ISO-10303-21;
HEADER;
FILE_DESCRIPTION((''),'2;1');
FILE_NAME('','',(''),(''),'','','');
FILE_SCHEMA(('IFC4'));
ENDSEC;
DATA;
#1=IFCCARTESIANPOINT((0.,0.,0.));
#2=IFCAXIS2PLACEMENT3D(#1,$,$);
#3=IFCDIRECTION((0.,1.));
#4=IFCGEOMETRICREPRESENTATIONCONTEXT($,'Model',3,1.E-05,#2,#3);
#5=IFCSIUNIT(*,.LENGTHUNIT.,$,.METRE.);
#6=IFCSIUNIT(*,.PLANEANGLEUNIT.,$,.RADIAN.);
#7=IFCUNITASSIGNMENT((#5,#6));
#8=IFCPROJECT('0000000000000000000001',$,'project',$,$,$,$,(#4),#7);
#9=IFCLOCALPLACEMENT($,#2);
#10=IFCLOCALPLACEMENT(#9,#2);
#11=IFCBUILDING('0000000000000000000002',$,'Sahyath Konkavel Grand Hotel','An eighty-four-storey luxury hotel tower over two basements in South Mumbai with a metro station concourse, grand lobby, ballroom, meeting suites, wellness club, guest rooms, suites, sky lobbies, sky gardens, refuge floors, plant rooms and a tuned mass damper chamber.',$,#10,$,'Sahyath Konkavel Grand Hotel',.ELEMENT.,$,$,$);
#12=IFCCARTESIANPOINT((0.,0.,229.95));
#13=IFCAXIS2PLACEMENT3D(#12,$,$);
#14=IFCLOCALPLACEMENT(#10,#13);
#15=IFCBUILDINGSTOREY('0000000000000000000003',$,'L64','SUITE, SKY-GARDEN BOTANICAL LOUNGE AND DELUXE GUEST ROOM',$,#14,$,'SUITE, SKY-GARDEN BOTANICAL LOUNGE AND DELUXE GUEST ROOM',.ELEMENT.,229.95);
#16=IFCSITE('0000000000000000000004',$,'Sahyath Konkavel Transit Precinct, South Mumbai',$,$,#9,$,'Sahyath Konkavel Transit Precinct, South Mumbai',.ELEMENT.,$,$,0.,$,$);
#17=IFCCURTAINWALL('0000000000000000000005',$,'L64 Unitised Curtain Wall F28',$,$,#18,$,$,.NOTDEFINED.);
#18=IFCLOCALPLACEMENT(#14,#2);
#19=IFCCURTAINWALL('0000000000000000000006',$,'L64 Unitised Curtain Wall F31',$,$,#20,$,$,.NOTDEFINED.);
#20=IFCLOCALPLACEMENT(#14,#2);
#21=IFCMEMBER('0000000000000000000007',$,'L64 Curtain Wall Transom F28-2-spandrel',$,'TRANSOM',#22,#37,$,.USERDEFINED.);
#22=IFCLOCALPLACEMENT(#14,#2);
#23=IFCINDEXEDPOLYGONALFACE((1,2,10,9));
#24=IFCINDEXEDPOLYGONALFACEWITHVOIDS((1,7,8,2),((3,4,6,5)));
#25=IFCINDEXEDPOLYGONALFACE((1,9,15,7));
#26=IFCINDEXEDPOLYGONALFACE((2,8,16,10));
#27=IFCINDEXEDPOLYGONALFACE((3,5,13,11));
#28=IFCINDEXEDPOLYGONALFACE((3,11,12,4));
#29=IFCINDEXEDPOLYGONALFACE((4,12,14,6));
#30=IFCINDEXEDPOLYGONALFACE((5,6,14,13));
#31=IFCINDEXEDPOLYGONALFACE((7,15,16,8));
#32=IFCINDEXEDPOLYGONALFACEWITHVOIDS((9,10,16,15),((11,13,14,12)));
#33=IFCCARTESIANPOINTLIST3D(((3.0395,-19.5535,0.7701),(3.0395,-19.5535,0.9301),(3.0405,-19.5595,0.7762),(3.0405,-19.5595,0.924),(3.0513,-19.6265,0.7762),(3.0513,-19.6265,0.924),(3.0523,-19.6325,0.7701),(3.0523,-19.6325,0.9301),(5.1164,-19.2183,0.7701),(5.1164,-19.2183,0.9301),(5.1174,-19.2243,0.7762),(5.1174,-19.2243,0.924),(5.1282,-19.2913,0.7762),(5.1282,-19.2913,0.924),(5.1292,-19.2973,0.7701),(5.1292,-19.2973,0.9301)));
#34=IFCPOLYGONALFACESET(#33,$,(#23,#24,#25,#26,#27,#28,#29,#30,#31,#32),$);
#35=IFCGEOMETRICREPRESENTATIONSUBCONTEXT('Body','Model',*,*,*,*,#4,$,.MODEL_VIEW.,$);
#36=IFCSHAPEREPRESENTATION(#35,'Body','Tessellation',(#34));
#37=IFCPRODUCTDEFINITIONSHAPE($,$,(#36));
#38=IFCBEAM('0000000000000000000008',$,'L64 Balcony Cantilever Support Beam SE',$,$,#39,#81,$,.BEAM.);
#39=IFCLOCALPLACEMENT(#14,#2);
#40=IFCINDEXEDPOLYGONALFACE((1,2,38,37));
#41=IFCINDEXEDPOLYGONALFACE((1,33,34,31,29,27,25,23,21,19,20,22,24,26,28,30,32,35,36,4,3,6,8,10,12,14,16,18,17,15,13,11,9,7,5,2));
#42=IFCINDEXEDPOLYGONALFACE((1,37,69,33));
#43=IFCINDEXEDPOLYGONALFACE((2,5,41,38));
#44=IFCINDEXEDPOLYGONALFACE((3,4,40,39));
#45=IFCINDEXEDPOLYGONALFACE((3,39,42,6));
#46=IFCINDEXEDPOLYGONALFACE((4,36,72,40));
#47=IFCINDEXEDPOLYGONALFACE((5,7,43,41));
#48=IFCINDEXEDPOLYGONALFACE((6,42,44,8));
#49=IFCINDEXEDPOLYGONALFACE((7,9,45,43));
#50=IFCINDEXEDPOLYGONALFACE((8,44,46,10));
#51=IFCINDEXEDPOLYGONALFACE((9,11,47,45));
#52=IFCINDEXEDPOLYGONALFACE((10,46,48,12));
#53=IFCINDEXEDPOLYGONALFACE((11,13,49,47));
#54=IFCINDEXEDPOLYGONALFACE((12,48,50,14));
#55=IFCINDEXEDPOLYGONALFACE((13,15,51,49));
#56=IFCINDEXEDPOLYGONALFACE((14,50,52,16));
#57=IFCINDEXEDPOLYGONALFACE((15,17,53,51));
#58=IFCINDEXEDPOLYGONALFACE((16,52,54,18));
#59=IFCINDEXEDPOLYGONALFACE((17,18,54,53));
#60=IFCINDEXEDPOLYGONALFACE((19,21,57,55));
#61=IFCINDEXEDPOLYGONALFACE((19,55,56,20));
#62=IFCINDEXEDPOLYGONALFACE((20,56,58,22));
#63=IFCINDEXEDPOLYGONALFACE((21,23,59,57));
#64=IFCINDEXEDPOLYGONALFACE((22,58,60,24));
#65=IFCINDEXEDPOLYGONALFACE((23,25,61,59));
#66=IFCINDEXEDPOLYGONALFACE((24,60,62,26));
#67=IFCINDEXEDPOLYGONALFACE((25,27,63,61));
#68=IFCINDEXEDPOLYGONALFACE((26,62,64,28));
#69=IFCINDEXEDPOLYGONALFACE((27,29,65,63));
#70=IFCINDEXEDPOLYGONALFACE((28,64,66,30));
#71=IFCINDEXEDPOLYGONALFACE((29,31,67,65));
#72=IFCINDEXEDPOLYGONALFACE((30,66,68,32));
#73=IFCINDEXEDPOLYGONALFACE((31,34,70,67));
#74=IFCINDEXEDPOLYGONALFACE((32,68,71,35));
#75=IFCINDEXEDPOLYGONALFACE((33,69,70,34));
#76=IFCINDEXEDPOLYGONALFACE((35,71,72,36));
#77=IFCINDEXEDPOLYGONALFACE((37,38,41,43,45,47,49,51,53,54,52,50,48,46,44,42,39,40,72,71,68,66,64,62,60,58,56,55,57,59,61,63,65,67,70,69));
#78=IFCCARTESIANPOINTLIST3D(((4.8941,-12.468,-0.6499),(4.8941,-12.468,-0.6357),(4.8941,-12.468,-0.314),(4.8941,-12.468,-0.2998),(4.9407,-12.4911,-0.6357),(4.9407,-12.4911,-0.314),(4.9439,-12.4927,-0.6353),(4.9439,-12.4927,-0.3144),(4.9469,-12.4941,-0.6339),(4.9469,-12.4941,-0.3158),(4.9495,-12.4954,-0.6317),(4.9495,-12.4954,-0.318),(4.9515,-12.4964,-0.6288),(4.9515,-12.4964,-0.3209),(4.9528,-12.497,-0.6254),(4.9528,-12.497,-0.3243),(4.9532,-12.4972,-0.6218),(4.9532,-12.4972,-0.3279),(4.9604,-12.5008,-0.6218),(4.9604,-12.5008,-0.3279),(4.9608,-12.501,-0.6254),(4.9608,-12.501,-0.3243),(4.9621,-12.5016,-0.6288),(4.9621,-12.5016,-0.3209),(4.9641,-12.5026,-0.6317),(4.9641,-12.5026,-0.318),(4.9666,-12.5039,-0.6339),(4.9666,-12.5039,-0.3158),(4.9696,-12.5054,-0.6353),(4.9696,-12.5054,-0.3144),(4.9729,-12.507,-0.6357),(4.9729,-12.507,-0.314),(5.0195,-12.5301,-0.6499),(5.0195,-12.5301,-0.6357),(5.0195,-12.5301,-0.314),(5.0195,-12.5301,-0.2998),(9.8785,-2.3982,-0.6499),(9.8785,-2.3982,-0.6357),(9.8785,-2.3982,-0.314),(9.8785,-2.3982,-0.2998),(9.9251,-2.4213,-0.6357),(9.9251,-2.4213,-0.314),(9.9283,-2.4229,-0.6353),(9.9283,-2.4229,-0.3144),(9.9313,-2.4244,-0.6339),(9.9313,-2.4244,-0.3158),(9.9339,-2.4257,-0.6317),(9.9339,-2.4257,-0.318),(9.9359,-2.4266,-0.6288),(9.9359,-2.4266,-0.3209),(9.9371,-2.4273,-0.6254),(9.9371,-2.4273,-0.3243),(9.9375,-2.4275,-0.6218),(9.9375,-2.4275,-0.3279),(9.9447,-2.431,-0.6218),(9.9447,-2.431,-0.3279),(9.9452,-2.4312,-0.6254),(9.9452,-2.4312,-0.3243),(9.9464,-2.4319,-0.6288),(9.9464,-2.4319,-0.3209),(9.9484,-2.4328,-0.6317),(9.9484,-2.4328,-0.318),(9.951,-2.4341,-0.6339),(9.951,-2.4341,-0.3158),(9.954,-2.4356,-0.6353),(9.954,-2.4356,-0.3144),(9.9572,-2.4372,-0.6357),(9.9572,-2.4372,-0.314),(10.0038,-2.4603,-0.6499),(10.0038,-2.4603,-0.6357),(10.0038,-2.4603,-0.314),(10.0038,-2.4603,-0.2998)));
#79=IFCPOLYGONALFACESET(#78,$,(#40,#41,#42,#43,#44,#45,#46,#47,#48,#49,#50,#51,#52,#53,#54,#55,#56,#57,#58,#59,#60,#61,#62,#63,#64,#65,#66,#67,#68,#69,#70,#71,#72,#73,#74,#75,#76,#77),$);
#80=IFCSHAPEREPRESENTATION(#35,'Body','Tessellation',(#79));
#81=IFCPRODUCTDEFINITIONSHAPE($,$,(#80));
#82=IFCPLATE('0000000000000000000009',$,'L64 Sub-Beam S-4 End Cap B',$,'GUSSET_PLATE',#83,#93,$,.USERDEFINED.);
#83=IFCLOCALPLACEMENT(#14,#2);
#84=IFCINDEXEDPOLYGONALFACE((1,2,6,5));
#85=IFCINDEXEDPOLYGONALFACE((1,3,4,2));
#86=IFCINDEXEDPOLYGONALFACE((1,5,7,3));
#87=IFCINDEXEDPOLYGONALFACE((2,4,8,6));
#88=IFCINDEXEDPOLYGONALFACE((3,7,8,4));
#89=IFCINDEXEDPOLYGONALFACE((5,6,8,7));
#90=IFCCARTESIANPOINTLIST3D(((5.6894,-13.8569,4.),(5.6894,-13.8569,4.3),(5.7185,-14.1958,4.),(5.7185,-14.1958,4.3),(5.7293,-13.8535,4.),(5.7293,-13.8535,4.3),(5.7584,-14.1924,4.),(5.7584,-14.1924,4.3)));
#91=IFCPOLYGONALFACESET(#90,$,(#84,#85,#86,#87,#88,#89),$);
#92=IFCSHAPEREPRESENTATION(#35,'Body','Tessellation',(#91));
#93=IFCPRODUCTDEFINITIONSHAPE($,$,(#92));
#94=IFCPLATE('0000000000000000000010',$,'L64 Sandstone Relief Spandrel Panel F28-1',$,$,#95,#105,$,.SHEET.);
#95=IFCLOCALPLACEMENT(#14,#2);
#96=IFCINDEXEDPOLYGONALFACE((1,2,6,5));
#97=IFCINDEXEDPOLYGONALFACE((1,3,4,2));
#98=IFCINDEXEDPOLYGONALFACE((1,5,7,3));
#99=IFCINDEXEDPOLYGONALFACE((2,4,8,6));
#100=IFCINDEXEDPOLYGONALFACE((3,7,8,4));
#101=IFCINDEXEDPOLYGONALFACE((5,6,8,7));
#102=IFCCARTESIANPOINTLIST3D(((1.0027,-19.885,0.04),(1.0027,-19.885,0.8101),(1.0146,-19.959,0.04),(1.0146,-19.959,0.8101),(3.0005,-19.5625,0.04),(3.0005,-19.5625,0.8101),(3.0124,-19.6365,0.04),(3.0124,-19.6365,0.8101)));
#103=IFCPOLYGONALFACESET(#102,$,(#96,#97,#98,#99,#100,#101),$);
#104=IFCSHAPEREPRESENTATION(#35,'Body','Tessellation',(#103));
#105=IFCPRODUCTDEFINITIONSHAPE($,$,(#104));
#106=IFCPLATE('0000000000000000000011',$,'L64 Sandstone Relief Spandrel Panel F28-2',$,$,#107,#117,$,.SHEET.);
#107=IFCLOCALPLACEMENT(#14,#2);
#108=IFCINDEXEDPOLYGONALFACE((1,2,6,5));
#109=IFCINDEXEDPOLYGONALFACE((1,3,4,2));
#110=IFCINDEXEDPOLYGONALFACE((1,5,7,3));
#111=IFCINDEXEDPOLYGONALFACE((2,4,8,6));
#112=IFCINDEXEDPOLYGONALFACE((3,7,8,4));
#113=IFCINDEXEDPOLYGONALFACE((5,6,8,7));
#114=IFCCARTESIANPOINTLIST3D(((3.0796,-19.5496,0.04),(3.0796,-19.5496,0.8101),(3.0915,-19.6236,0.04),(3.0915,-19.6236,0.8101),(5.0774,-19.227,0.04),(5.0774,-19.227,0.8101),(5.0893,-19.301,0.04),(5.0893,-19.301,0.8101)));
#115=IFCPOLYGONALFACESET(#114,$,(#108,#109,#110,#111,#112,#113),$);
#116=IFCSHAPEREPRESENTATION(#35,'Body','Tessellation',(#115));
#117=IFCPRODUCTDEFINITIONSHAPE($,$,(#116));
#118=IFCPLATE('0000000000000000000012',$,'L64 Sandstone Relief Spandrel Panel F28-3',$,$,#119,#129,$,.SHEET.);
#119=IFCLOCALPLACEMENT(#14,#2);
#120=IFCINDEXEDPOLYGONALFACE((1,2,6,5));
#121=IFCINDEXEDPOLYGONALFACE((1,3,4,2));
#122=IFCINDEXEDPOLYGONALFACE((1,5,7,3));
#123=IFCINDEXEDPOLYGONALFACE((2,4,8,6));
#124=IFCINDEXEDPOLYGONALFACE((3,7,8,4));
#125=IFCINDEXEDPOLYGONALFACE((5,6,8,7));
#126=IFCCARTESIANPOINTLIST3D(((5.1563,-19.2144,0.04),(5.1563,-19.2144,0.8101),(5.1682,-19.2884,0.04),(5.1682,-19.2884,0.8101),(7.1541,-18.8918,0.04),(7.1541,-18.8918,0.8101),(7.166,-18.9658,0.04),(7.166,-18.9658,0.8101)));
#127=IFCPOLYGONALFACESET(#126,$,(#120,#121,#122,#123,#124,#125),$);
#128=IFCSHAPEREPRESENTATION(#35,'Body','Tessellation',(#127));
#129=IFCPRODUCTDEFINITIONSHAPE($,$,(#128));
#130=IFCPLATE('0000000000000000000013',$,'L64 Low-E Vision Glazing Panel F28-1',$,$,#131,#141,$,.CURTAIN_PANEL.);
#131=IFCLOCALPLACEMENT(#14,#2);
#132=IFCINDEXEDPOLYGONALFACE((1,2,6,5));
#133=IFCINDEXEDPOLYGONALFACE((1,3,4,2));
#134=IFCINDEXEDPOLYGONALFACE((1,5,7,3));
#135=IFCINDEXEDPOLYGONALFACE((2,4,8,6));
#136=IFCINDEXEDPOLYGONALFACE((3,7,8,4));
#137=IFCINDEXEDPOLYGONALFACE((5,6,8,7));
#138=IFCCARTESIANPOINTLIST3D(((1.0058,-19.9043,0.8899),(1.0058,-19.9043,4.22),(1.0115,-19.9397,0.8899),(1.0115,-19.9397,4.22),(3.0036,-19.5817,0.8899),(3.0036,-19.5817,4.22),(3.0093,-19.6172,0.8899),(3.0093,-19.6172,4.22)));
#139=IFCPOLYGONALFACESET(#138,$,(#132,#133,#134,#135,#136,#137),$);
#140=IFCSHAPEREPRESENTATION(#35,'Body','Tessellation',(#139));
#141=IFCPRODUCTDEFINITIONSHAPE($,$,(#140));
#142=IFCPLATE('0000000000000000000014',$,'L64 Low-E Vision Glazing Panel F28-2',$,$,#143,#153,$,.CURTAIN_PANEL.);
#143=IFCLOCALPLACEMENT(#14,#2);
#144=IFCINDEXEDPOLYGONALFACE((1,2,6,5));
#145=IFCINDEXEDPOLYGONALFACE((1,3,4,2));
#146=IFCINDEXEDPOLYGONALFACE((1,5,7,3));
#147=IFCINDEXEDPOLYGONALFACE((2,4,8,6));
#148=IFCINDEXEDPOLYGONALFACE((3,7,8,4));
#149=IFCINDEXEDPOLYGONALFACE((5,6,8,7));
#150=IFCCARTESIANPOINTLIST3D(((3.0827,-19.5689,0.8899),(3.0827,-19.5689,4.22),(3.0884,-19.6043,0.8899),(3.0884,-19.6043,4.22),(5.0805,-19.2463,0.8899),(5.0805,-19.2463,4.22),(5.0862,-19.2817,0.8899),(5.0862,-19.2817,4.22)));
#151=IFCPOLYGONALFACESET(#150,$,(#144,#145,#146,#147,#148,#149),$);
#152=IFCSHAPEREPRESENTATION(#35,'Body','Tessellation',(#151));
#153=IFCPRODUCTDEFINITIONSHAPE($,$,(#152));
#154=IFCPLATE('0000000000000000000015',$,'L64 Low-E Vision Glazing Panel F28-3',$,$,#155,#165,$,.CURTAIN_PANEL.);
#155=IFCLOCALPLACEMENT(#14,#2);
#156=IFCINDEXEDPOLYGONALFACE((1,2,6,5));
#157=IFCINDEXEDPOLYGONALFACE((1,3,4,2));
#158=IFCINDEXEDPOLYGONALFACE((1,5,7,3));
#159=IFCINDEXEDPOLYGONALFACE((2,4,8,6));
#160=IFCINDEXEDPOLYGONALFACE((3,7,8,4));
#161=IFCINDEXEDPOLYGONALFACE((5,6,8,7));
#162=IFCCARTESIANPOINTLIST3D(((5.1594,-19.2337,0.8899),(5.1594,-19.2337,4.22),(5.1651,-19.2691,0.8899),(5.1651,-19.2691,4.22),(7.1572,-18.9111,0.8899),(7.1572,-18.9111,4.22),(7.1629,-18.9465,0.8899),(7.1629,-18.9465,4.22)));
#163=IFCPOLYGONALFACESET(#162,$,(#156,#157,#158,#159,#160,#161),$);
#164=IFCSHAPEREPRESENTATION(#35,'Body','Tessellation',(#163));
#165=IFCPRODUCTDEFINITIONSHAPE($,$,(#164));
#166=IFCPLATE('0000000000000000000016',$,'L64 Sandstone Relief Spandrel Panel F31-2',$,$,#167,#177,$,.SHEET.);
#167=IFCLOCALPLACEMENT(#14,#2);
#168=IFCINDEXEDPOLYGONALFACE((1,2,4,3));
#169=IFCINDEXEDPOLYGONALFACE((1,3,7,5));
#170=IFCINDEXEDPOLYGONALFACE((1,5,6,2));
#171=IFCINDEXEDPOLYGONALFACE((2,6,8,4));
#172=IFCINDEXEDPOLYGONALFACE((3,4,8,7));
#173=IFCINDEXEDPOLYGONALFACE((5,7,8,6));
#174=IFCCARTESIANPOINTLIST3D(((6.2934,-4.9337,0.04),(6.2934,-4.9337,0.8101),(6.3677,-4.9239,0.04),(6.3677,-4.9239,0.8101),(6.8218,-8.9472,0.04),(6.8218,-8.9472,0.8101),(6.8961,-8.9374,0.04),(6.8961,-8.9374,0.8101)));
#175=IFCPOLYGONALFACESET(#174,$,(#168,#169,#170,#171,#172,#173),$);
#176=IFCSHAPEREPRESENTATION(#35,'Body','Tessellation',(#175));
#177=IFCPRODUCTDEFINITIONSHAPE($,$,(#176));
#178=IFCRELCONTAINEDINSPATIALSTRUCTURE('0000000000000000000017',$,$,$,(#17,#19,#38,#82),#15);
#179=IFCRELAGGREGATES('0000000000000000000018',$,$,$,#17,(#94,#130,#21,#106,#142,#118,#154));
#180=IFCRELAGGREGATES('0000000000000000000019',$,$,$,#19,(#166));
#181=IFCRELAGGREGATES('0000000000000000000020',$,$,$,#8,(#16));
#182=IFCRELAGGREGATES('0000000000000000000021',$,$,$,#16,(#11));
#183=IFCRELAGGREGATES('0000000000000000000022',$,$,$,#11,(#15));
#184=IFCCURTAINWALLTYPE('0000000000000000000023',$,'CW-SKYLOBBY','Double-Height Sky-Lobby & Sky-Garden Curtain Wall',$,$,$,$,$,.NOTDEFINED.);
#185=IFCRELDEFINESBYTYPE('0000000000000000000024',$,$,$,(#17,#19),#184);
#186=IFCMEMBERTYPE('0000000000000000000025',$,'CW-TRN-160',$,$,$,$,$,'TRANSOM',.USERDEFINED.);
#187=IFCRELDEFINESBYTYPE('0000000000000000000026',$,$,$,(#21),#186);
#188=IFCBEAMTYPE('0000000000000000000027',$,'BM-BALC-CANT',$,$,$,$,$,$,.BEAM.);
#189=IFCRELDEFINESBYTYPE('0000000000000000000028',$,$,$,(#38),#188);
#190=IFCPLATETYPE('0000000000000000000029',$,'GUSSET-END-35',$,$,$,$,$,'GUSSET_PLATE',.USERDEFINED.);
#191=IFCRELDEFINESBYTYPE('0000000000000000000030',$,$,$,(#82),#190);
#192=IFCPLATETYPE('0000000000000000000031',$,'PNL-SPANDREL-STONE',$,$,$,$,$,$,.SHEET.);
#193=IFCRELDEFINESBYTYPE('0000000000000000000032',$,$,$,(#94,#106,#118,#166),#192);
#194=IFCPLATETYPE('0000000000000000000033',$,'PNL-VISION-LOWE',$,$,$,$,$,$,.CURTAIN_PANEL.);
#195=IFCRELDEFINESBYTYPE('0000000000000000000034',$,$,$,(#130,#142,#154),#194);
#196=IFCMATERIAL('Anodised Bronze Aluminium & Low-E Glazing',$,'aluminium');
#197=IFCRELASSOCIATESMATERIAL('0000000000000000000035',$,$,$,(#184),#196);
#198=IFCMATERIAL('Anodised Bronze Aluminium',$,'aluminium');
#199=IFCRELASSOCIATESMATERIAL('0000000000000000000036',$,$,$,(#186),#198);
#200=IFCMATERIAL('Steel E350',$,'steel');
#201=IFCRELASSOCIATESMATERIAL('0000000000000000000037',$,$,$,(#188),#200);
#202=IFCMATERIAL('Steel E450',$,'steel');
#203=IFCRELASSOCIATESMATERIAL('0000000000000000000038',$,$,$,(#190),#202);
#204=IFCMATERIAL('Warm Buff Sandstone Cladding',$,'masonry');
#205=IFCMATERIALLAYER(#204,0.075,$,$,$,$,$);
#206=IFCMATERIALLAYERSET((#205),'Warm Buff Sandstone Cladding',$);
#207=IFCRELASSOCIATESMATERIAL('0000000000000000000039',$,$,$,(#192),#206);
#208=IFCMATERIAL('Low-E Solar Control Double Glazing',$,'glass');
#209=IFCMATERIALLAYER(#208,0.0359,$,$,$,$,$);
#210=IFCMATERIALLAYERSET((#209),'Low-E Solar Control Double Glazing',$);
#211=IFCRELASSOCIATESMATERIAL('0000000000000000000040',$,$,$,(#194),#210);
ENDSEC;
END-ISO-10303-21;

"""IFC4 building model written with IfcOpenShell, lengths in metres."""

from ifc_helpers import new_model, si_unit, direction, frame, origin, origin_2d, place, context, subcontext, project, spatial, rectangle, hollow_rectangle, i_section, extrude, source, transform, mapped, material, layer, layer_set, material_profile, profile_set, type_object, element, aggregate, save


model = new_model("IFC4")

# Units and contexts
model_context = context("Model", 3, precision=1e-05, world=origin(), true_north=direction((0.0, 1.0)))
body_context = subcontext(model_context, "Body", "Model", "MODEL_VIEW")
ifc_project = project(units=[si_unit("LENGTHUNIT", "METRE"), si_unit("PLANEANGLEUNIT", "RADIAN")], contexts=[model_context])

# Site, building, storey
site_placement = place(None, origin())
site = spatial("IfcSite", under=ifc_project, at=site_placement, Name="Sahyath Konkavel Transit Precinct, South Mumbai", LongName="Sahyath Konkavel Transit Precinct, South Mumbai", CompositionType="ELEMENT", RefElevation=0.0)
building_placement = place(site_placement, origin())
building = spatial("IfcBuilding", under=site, at=building_placement, Name="Sahyath Konkavel Grand Hotel", Description="An eighty-four-storey luxury hotel tower over two basements in South Mumbai with a metro station concourse, grand lobby, ballroom, meeting suites, wellness club, guest rooms, suites, sky lobbies, sky gardens, refuge floors, plant rooms and a tuned mass damper chamber.", LongName="Sahyath Konkavel Grand Hotel", CompositionType="ELEMENT")
storey_placement = place(building_placement, frame((0.0, 0.0, 229.95)))
storey = spatial("IfcBuildingStorey", under=building, at=storey_placement, Name="L64", Description="SUITE, SKY-GARDEN BOTANICAL LOUNGE AND DELUXE GUEST ROOM", LongName="SUITE, SKY-GARDEN BOTANICAL LOUNGE AND DELUXE GUEST ROOM", CompositionType="ELEMENT", Elevation=229.95)

# Shared definitions
ifc_material_1 = material(Name="Steel E350", Category="steel")

# Curtain wall
ifc_material_2 = material(Name="Anodised Bronze Aluminium & Low-E Glazing", Category="aluminium")
curtain_wall_type = type_object("IfcCurtainWallType", Name="CW-SKYLOBBY", Description="Double-Height Sky-Lobby & Sky-Garden Curtain Wall", PredefinedType="NOTDEFINED", material=ifc_material_2)
curtain_wall_1_placement = place(storey_placement, origin())
curtain_wall_1 = element("IfcCurtainWall", 1, at=curtain_wall_1_placement, inside=storey, type_object=curtain_wall_type, Name="L64 Unitised Curtain Wall F28", PredefinedType="NOTDEFINED")
ifc_material_3 = material(Name="Anodised Bronze Aluminium", Category="aluminium")

# Curtain wall
curtain_wall_2_placement = place(storey_placement, origin())
curtain_wall_2 = element("IfcCurtainWall", 2, at=curtain_wall_2_placement, inside=storey, type_object=curtain_wall_type, Name="L64 Unitised Curtain Wall F31", PredefinedType="NOTDEFINED")

# Member
ifc_material_profile_1 = material_profile(ifc_material_3, hollow_rectangle(XDim=0.0801, YDim=0.1599, WallThickness=0.0061, at=origin_2d()), Name="RHS 160x80x6")
ifc_profile_set_1 = profile_set([ifc_material_profile_1], Name="Anodised Bronze Aluminium")
member_type_1 = type_object("IfcMemberType", Name="CW-TRN-160", ElementType="TRANSOM", PredefinedType="USERDEFINED", material=ifc_profile_set_1)
shared_shape_1 = source(origin(), body_context, "Body", "SweptSolid", [
    extrude(hollow_rectangle(XDim=0.0801, YDim=0.1599, WallThickness=0.0061, at=origin_2d()), origin(), (0.0, 0.0, 1.0), 2.1038),
])
member_1_placement = place(storey_placement, frame((3.0459, -19.593, 0.8501), z_axis=(0.987225, 0.159335, 0.0), x_axis=(-0.159335, 0.987225, 0.0)))
member_1 = element("IfcMember", 3, at=member_1_placement, type_object=member_type_1, Name="L64 Curtain Wall Transom F28-2-spandrel", ObjectType="TRANSOM", PredefinedType="USERDEFINED", context=body_context, shape_type="MappedRepresentation", body=[
    mapped(shared_shape_1, transform((0.0, 0.0, 0.0), scale=1.0)),
])

# Beam
ifc_material_profile_2 = material_profile(ifc_material_1, i_section(OverallWidth=0.1399, OverallDepth=0.3501, WebThickness=0.0081, FlangeThickness=0.0142, FilletRadius=0.0139, at=origin_2d()), Name="ISMB 350")
ifc_profile_set_2 = profile_set([ifc_material_profile_2], Name="Steel E350")
beam_type_1 = type_object("IfcBeamType", Name="BM-BALC-CANT", PredefinedType="BEAM", material=ifc_profile_set_2)
shared_shape_2 = source(origin(), body_context, "Body", "SweptSolid", [
    extrude(i_section(OverallWidth=0.1399, OverallDepth=0.3501, WebThickness=0.0081, FlangeThickness=0.0142, FilletRadius=0.0139, at=origin_2d()), origin(), (0.0, 0.0, 1.0), 11.2358),
])
beam_1_placement = place(storey_placement, frame((4.9568, -12.499, -0.4749), z_axis=(0.443612, 0.896219, 0.0), x_axis=(-0.896219, 0.443612, 0.0)))
element("IfcBeam", 4, at=beam_1_placement, inside=storey, type_object=beam_type_1, Name="L64 Balcony Cantilever Support Beam SE", PredefinedType="BEAM", context=body_context, shape_type="MappedRepresentation", body=[
    mapped(shared_shape_2, transform((0.0, 0.0, 0.0), scale=1.0)),
])

# Plates
ifc_material_4 = material(Name="Steel E450", Category="steel")
plate_type_1 = type_object("IfcPlateType", Name="GUSSET-END-35", ElementType="GUSSET_PLATE", PredefinedType="USERDEFINED", material=ifc_material_4)
shared_shape_3 = source(origin(), body_context, "Body", "SweptSolid", [
    extrude(rectangle(XDim=0.04, YDim=0.3401, at=origin_2d()), origin(), (0.0, 0.0, 1.0), 0.3),
])
plate_1_placement = place(storey_placement, frame((5.7239, -14.0247, 4.0), z_axis=(0.0, 0.0, 1.0), x_axis=(0.996339, 0.085486, 0.0)))
element("IfcPlate", 5, at=plate_1_placement, inside=storey, type_object=plate_type_1, Name="L64 Sub-Beam S-4 End Cap B", ObjectType="GUSSET_PLATE", PredefinedType="USERDEFINED", context=body_context, shape_type="MappedRepresentation", body=[
    mapped(shared_shape_3, transform((0.0, 0.0, 0.0), scale=1.0)),
])
ifc_material_5 = material(Name="Warm Buff Sandstone Cladding", Category="masonry")
ifc_layer_1 = layer(ifc_material_5, 0.075)
ifc_layer_set_1 = layer_set([ifc_layer_1], Name="Warm Buff Sandstone Cladding")
plate_type_2 = type_object("IfcPlateType", Name="PNL-SPANDREL-STONE", PredefinedType="SHEET", material=ifc_layer_set_1)
shared_shape_4 = source(origin(), body_context, "Body", "SweptSolid", [
    extrude(rectangle(XDim=2.0237, YDim=0.075, at=origin_2d()), origin(), (0.0, 0.0, 1.0), 0.77),
])
plate_2_placement = place(storey_placement, frame((2.0076, -19.7607, 0.04), z_axis=(0.0, 0.0, 1.0), x_axis=(0.987214, 0.159399, 0.0)))
plate_2 = element("IfcPlate", 6, at=plate_2_placement, type_object=plate_type_2, Name="L64 Sandstone Relief Spandrel Panel F28-1", PredefinedType="SHEET", context=body_context, shape_type="MappedRepresentation", body=[
    mapped(shared_shape_4, transform((0.0, 0.0, 0.0), scale=1.0)),
])
plate_3_placement = place(storey_placement, frame((4.0845, -19.4253, 0.04), z_axis=(0.0, 0.0, 1.0), x_axis=(0.987214, 0.159399, 0.0)))
plate_3 = element("IfcPlate", 7, at=plate_3_placement, type_object=plate_type_2, Name="L64 Sandstone Relief Spandrel Panel F28-2", PredefinedType="SHEET", context=body_context, shape_type="MappedRepresentation", body=[
    mapped(shared_shape_4, transform((0.0, 0.0, 0.0), scale=1.0)),
])
plate_4_placement = place(storey_placement, frame((6.1611, -19.0901, 0.04), z_axis=(0.0, 0.0, 1.0), x_axis=(0.987214, 0.159399, 0.0)))
plate_4 = element("IfcPlate", 8, at=plate_4_placement, type_object=plate_type_2, Name="L64 Sandstone Relief Spandrel Panel F28-3", PredefinedType="SHEET", context=body_context, shape_type="MappedRepresentation", body=[
    mapped(shared_shape_4, transform((0.0, 0.0, 0.0), scale=1.0)),
])
ifc_material_6 = material(Name="Low-E Solar Control Double Glazing", Category="glass")
ifc_layer_2 = layer(ifc_material_6, 0.0359)
ifc_layer_set_2 = layer_set([ifc_layer_2], Name="Low-E Solar Control Double Glazing")
plate_type_3 = type_object("IfcPlateType", Name="PNL-VISION-LOWE", PredefinedType="CURTAIN_PANEL", material=ifc_layer_set_2)
shared_shape_5 = source(origin(), body_context, "Body", "SweptSolid", [
    extrude(rectangle(XDim=2.0237, YDim=0.0359, at=origin_2d()), origin(), (0.0, 0.0, 1.0), 3.3301),
])
plate_5_placement = place(storey_placement, frame((2.0076, -19.7607, 0.8899), z_axis=(0.0, 0.0, 1.0), x_axis=(0.987214, 0.159399, 0.0)))
plate_5 = element("IfcPlate", 9, at=plate_5_placement, type_object=plate_type_3, Name="L64 Low-E Vision Glazing Panel F28-1", PredefinedType="CURTAIN_PANEL", context=body_context, shape_type="MappedRepresentation", body=[
    mapped(shared_shape_5, transform((0.0, 0.0, 0.0), scale=1.0)),
])
plate_6_placement = place(storey_placement, frame((4.0845, -19.4253, 0.8899), z_axis=(0.0, 0.0, 1.0), x_axis=(0.987214, 0.159399, 0.0)))
plate_6 = element("IfcPlate", 10, at=plate_6_placement, type_object=plate_type_3, Name="L64 Low-E Vision Glazing Panel F28-2", PredefinedType="CURTAIN_PANEL", context=body_context, shape_type="MappedRepresentation", body=[
    mapped(shared_shape_5, transform((0.0, 0.0, 0.0), scale=1.0)),
])
plate_7_placement = place(storey_placement, frame((6.1611, -19.0901, 0.8899), z_axis=(0.0, 0.0, 1.0), x_axis=(0.987214, 0.159399, 0.0)))
plate_7 = element("IfcPlate", 11, at=plate_7_placement, type_object=plate_type_3, Name="L64 Low-E Vision Glazing Panel F28-3", PredefinedType="CURTAIN_PANEL", context=body_context, shape_type="MappedRepresentation", body=[
    mapped(shared_shape_5, transform((0.0, 0.0, 0.0), scale=1.0)),
])
aggregate(curtain_wall_1, [plate_2, plate_5, member_1, plate_3, plate_6, plate_4, plate_7])
shared_shape_6 = source(origin(), body_context, "Body", "SweptSolid", [
    extrude(rectangle(XDim=4.0481, YDim=0.075, at=origin_2d()), origin(), (0.0, 0.0, 1.0), 0.77),
])
plate_8_placement = place(storey_placement, frame((6.5947, -6.9355, 0.04), z_axis=(0.0, 0.0, 1.0), x_axis=(-0.130526, 0.991445, 0.0)))
plate_8 = element("IfcPlate", 12, at=plate_8_placement, type_object=plate_type_2, Name="L64 Sandstone Relief Spandrel Panel F31-2", PredefinedType="SHEET", context=body_context, shape_type="MappedRepresentation", body=[
    mapped(shared_shape_6, transform((0.0, 0.0, 0.0), scale=1.0)),
])
aggregate(curtain_wall_2, [plate_8])

save(model, "model.ifc")
